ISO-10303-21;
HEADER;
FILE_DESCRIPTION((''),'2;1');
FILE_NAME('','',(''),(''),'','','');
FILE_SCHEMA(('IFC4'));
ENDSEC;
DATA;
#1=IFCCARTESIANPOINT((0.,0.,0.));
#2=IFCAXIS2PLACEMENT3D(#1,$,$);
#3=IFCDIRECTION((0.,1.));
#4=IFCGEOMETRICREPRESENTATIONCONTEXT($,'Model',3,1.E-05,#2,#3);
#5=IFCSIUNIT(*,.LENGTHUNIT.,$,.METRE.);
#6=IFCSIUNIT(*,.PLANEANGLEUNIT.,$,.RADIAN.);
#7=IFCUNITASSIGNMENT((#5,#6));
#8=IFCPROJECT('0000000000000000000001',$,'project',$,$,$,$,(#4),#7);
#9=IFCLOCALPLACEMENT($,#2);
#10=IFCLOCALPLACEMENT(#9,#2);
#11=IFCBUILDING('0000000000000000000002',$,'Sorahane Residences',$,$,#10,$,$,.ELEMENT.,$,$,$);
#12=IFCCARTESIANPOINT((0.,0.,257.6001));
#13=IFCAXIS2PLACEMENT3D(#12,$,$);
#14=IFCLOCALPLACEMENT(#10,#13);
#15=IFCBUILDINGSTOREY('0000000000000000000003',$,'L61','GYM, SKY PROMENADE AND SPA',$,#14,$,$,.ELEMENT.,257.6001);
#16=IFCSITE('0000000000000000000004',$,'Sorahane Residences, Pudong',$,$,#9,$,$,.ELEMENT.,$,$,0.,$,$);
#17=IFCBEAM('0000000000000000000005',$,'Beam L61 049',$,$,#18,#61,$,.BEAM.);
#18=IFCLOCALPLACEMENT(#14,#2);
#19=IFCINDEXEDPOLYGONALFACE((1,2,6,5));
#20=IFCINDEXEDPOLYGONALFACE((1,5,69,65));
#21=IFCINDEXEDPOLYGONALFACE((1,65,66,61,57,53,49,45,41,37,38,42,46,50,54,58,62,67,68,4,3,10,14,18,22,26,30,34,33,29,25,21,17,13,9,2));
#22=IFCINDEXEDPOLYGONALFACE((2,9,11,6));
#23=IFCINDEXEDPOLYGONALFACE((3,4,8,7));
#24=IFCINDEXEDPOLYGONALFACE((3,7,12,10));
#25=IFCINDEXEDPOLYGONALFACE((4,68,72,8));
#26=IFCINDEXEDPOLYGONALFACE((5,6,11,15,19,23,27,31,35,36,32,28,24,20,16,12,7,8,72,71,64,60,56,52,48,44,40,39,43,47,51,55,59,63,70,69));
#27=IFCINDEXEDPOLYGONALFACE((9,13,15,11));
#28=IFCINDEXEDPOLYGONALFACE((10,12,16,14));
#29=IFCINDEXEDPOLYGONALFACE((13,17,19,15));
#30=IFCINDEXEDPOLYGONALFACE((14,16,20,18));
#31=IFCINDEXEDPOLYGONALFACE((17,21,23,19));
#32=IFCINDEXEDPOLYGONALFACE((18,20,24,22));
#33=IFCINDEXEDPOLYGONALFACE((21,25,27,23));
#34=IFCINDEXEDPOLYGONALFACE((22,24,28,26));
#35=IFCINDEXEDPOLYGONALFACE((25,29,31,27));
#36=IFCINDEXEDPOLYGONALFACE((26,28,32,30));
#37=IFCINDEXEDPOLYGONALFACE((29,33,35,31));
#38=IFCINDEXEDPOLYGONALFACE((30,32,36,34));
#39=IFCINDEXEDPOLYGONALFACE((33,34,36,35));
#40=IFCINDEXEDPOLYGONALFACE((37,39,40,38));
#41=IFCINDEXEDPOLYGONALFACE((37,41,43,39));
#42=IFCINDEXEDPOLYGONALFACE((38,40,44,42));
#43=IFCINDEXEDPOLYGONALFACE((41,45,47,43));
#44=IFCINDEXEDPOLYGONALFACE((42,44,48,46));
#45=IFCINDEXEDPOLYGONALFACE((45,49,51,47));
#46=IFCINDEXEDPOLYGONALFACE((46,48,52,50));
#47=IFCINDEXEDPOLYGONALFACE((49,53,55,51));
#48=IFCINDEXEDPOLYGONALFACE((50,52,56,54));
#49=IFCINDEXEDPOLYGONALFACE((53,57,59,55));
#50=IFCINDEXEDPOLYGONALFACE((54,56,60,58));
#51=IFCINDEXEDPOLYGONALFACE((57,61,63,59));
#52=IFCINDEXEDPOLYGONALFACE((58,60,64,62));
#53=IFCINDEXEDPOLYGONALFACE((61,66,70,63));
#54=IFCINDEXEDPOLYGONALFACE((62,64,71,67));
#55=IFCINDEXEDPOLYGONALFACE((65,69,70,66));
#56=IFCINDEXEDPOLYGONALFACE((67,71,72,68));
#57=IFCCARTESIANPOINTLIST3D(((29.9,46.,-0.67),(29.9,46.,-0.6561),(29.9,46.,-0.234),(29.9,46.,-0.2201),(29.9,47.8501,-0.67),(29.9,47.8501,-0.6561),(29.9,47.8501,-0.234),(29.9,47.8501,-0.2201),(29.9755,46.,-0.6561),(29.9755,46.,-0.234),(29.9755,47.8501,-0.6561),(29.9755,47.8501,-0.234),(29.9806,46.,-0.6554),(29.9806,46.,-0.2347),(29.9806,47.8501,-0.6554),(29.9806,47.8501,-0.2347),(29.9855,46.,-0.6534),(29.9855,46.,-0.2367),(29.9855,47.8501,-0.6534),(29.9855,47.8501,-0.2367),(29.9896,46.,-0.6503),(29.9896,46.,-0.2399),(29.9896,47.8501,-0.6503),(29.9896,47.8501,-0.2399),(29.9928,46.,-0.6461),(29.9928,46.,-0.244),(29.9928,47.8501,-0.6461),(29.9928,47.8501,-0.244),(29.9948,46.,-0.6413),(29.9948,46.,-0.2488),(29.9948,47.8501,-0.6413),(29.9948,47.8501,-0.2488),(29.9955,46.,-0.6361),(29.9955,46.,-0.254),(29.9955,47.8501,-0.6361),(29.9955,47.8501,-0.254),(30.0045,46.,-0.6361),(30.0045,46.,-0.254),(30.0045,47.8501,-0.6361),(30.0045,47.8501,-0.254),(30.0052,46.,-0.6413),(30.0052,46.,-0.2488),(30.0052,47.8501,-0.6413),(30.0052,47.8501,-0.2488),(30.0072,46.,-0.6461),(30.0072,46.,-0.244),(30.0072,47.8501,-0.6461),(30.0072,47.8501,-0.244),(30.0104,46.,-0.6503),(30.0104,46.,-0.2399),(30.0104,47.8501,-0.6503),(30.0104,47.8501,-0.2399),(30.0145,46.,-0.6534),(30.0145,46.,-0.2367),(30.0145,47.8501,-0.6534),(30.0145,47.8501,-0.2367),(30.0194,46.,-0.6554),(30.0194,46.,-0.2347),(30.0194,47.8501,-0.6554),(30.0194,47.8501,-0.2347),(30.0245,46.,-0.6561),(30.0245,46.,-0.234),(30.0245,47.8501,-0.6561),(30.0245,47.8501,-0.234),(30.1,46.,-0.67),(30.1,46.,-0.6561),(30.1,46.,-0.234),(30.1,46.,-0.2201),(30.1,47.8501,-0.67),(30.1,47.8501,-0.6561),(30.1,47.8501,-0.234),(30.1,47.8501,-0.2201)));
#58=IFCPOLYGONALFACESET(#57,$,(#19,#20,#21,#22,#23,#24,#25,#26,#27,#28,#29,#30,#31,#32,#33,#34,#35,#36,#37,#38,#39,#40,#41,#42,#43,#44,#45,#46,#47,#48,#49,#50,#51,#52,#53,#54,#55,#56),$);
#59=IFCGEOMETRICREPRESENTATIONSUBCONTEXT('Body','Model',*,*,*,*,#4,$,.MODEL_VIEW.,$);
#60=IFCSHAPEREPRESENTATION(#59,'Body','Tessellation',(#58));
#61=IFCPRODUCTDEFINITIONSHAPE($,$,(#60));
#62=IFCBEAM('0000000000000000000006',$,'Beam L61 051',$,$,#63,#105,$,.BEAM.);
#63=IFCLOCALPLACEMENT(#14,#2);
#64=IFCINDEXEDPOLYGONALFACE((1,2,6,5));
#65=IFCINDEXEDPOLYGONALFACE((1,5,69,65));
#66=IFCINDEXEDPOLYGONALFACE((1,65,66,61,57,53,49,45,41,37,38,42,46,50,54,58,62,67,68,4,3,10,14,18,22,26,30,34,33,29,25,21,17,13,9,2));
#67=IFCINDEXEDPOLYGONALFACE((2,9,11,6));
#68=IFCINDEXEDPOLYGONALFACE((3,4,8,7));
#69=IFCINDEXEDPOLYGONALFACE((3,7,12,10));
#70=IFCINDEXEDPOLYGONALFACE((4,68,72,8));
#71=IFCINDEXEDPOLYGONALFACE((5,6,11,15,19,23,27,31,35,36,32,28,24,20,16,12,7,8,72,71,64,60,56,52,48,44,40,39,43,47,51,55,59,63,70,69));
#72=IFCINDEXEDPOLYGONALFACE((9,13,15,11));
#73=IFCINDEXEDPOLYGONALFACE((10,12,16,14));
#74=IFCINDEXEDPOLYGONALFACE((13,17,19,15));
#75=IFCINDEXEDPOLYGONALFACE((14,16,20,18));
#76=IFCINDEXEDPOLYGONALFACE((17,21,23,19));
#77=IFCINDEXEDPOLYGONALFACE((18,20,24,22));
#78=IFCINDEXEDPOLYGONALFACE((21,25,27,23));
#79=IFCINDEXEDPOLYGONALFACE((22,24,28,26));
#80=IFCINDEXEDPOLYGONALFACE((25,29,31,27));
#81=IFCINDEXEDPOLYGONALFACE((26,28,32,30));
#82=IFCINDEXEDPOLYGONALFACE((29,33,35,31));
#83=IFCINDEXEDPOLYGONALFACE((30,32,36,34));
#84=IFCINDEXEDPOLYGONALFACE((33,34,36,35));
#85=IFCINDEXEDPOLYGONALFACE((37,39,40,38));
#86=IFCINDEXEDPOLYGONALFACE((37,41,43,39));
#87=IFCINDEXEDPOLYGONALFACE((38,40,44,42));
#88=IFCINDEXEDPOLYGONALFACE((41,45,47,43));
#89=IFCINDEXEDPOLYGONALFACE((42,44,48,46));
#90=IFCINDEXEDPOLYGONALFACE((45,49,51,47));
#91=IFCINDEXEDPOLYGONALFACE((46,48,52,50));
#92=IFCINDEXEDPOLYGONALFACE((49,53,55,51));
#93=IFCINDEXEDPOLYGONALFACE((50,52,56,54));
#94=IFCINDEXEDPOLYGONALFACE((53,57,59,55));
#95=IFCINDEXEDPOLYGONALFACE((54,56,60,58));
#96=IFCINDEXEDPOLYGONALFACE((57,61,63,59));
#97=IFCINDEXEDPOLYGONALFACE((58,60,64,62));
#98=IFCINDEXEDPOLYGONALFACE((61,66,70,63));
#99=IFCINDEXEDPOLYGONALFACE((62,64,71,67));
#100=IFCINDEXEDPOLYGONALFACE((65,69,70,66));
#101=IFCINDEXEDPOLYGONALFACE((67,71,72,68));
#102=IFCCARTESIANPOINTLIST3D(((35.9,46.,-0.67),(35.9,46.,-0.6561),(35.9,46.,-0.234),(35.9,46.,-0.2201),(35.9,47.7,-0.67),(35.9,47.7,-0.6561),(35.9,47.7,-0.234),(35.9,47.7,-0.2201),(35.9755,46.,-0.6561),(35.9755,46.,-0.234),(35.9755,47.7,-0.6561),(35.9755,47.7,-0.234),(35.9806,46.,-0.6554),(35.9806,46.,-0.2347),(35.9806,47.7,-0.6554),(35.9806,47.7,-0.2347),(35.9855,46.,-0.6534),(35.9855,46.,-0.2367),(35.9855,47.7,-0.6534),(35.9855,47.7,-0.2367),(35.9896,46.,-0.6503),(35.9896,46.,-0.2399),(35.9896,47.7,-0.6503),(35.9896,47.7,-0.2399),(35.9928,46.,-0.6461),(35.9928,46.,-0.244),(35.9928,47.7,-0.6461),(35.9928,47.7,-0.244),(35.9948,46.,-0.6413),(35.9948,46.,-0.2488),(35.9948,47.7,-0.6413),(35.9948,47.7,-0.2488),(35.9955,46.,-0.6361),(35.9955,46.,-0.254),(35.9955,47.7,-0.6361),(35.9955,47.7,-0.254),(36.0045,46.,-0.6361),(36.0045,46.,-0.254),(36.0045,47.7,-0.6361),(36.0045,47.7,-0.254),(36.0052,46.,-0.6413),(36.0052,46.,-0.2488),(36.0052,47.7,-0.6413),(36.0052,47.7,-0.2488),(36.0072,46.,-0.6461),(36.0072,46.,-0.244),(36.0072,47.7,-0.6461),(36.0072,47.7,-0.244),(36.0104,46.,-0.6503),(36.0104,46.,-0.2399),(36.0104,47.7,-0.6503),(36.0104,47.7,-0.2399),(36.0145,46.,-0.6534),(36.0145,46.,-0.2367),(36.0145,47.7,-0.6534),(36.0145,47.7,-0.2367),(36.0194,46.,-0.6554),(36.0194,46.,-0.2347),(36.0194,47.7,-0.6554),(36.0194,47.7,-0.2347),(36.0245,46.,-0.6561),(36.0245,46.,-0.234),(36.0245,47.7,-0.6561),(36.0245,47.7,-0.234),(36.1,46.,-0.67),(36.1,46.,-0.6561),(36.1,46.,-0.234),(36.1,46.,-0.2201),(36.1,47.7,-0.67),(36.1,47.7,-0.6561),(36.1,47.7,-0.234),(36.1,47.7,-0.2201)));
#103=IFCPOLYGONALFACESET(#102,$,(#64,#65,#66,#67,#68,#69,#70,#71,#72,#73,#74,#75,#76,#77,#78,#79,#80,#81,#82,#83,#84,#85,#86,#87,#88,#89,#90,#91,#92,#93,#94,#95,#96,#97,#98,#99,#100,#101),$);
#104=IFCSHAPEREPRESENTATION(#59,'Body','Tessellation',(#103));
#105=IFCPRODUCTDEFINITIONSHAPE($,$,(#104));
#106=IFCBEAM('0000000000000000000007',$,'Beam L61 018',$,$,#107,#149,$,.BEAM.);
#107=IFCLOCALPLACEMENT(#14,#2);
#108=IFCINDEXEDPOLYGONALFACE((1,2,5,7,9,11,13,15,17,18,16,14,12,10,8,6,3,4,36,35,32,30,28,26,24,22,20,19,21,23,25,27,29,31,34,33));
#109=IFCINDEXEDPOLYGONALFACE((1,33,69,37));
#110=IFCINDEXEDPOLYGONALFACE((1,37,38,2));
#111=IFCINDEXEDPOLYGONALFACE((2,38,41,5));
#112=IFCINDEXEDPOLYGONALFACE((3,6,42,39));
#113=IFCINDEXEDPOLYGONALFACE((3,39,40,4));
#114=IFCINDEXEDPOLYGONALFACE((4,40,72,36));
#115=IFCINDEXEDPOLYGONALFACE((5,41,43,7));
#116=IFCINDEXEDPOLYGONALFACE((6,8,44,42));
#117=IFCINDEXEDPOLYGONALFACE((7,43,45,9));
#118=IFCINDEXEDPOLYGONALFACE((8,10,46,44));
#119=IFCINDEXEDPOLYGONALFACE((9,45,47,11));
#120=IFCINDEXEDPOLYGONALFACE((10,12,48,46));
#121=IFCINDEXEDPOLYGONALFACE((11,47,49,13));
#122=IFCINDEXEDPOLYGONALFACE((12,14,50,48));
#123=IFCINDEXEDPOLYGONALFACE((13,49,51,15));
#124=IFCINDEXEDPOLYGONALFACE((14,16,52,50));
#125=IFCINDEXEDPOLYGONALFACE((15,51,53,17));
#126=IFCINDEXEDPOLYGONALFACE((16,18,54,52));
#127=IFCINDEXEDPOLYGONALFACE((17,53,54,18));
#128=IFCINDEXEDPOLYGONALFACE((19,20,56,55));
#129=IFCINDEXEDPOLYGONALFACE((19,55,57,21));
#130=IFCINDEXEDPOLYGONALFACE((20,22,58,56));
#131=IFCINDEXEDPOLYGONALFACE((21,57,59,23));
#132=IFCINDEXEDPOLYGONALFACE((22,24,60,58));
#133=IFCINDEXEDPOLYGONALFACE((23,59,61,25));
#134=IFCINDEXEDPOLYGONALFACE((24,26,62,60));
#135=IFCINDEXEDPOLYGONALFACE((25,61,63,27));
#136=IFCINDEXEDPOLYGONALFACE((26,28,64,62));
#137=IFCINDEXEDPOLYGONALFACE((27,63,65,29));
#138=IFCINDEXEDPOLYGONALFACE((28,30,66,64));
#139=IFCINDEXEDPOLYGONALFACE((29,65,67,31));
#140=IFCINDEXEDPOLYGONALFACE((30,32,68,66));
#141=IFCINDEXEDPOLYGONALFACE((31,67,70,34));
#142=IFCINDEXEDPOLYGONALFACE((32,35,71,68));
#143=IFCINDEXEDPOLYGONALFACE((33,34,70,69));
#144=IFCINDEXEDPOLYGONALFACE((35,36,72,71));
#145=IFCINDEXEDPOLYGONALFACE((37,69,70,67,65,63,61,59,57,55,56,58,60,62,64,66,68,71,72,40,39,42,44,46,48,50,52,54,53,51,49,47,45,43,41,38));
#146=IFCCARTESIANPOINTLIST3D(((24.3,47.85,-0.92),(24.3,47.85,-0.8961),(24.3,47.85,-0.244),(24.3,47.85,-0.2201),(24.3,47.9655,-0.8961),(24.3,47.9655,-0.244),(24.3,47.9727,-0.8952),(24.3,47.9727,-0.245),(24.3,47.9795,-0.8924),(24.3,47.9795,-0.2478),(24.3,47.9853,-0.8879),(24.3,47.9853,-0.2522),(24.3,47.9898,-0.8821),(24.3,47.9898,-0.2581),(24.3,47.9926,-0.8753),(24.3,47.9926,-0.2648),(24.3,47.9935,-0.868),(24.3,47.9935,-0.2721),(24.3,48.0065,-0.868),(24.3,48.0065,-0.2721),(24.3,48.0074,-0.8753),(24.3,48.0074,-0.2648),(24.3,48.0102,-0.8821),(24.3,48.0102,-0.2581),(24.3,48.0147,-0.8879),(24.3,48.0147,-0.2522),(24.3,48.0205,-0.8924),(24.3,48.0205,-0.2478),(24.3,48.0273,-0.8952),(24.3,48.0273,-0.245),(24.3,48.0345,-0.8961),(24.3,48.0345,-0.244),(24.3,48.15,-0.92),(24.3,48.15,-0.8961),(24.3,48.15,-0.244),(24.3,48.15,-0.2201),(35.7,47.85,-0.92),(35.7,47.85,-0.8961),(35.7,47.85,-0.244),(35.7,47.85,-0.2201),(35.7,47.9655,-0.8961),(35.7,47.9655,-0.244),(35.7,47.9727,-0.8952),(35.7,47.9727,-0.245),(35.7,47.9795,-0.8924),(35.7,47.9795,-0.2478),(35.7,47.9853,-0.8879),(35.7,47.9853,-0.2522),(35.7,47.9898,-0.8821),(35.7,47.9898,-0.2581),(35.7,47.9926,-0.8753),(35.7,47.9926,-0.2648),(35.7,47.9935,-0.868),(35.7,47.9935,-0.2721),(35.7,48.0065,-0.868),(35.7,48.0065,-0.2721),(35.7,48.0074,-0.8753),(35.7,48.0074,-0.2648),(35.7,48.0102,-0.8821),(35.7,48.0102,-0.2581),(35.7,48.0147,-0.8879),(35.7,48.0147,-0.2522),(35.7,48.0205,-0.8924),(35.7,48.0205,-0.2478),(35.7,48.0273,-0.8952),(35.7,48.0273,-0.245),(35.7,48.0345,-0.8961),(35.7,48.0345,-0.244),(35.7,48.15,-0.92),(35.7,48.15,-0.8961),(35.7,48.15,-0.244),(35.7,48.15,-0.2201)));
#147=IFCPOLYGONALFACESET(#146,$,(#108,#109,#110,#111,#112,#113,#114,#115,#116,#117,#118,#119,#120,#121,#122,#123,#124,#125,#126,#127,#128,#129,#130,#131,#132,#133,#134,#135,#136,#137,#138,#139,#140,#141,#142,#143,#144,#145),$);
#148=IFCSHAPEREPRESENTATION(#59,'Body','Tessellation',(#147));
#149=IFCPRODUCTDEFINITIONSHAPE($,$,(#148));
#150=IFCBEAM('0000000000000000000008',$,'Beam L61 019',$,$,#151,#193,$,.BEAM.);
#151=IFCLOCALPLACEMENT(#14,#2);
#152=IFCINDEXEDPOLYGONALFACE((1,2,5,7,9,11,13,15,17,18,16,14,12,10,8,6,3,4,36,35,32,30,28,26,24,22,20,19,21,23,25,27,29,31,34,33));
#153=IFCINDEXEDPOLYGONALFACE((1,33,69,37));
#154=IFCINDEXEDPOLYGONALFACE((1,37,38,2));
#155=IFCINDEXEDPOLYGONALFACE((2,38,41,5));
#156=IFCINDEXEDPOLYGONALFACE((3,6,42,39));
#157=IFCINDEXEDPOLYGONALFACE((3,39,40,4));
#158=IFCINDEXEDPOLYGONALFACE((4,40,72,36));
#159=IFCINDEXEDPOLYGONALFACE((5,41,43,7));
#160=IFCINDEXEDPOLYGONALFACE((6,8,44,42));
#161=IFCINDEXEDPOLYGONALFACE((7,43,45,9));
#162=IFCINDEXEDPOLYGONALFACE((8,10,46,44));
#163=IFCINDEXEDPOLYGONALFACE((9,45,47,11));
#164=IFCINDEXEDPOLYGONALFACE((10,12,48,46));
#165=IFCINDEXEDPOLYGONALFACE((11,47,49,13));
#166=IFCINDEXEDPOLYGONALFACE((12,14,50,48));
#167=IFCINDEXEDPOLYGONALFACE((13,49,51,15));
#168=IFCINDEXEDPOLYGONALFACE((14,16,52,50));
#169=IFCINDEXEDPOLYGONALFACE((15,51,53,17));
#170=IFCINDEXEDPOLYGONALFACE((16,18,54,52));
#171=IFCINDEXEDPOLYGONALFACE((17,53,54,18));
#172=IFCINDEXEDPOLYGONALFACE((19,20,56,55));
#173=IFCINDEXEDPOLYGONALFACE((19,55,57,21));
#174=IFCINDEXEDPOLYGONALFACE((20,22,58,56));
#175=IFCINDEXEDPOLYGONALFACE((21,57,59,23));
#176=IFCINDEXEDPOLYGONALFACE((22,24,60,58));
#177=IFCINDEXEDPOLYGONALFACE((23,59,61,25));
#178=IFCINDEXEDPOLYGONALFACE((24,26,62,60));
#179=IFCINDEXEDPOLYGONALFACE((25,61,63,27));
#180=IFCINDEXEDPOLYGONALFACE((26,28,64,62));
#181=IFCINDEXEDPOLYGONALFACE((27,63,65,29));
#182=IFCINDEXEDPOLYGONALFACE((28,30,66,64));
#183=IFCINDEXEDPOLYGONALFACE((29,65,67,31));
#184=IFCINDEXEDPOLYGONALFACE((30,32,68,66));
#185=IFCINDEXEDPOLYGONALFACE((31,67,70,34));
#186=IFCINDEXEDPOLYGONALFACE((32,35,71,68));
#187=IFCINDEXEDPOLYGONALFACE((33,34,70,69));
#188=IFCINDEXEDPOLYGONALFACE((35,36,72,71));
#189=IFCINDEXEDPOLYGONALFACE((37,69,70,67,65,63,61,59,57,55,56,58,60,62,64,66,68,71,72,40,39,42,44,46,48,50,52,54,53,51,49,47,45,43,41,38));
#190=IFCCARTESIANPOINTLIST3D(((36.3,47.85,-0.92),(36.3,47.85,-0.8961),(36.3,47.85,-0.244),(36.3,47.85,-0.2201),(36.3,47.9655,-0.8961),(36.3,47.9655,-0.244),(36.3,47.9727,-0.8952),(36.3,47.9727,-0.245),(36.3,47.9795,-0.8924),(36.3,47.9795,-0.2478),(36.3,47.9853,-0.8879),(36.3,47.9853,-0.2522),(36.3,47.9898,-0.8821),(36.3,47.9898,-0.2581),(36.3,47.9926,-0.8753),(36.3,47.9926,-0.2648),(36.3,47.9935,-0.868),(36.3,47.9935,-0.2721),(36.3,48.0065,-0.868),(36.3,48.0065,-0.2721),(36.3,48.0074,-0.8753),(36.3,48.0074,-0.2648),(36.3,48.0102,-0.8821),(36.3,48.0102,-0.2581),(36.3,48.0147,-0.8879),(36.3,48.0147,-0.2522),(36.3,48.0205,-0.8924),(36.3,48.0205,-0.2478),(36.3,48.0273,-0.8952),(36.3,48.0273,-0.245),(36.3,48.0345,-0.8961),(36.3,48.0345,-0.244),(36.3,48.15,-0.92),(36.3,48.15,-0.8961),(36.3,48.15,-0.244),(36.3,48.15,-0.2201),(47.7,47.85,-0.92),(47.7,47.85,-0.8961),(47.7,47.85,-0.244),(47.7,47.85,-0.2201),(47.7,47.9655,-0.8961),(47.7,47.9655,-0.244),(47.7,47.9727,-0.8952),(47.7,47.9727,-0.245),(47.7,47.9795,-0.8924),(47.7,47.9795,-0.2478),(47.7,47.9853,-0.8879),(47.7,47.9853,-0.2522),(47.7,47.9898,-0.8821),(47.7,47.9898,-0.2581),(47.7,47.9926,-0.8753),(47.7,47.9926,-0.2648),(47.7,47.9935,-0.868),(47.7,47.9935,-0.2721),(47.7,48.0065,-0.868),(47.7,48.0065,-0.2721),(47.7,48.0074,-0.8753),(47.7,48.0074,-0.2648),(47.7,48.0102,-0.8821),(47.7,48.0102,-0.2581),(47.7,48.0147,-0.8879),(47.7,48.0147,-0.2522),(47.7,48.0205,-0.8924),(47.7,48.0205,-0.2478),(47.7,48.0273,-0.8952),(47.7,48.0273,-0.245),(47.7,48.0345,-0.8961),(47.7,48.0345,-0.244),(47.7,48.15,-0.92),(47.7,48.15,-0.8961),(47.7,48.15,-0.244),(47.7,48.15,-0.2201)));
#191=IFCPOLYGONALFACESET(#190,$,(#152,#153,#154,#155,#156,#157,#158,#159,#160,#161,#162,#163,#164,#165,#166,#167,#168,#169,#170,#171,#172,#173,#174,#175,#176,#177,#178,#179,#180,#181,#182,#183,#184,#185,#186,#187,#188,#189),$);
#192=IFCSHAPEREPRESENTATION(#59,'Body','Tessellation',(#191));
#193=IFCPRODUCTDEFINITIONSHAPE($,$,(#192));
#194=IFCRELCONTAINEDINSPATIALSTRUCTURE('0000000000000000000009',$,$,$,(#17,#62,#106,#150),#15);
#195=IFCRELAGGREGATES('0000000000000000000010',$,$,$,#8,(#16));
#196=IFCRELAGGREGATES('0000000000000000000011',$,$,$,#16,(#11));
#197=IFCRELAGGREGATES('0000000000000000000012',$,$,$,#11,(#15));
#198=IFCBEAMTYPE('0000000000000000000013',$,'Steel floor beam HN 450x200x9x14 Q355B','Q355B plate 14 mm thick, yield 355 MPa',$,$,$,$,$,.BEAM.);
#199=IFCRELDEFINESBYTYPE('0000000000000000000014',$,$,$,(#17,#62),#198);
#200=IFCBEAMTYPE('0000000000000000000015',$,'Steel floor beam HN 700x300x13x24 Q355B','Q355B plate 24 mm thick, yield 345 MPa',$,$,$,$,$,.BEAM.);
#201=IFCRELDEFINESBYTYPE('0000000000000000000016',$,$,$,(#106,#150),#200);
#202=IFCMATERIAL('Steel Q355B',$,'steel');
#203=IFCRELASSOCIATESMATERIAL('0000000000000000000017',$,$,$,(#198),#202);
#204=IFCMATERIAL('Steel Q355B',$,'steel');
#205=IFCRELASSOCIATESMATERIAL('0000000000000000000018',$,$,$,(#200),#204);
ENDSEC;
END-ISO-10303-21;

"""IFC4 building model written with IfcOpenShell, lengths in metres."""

from ifc_helpers import new_model, si_unit, direction, frame, origin, origin_2d, place, context, subcontext, project, spatial, i_section, extrude, material, material_profile, profile_set, type_object, element, save


model = new_model("IFC4")

# Units and contexts
model_context = context("Model", 3, precision=1e-05, world=origin(), true_north=direction((0.0, 1.0)))
body_context = subcontext(model_context, "Body", "Model", "MODEL_VIEW")
ifc_project = project(units=[si_unit("LENGTHUNIT", "METRE"), si_unit("PLANEANGLEUNIT", "RADIAN")], contexts=[model_context])

# Site, building, storey
site_placement = place(None, origin())
site = spatial("IfcSite", under=ifc_project, at=site_placement, Name="Sorahane Residences, Pudong", CompositionType="ELEMENT", RefElevation=0.0)
building_placement = place(site_placement, origin())
building = spatial("IfcBuilding", under=site, at=building_placement, Name="Sorahane Residences", CompositionType="ELEMENT")
storey_placement = place(building_placement, frame((0.0, 0.0, 257.6001)))
storey = spatial("IfcBuildingStorey", under=building, at=storey_placement, Name="L61", Description="GYM, SKY PROMENADE AND SPA", CompositionType="ELEMENT", Elevation=257.6001)

# Beams
ifc_material_1 = material(Name="Steel Q355B", Category="steel")
ifc_material_profile_1 = material_profile(ifc_material_1, i_section(OverallWidth=0.2, OverallDepth=0.45, WebThickness=0.009, FlangeThickness=0.0139, FilletRadius=0.02, at=origin_2d()), Name="HN 450x200x9x14")
ifc_profile_set_1 = profile_set([ifc_material_profile_1], Name="Steel Q355B")
beam_type_1 = type_object("IfcBeamType", Name="Steel floor beam HN 450x200x9x14 Q355B", Description="Q355B plate 14 mm thick, yield 355 MPa", PredefinedType="BEAM", material=ifc_profile_set_1)
beam_1_placement = place(storey_placement, frame((30.0, 46.0, -0.4451), z_axis=(0.0, 1.0, 0.0), x_axis=(-1.0, 0.0, 0.0)))
element("IfcBeam", 1, at=beam_1_placement, inside=storey, type_object=beam_type_1, Name="Beam L61 049", PredefinedType="BEAM", context=body_context, shape_type="SweptSolid", body=[
    extrude(i_section(OverallWidth=0.2, OverallDepth=0.45, WebThickness=0.009, FlangeThickness=0.0139, FilletRadius=0.02, at=origin_2d()), origin(), (0.0, 0.0, 1.0), 1.8501),
])
beam_2_placement = place(storey_placement, frame((36.0, 46.0, -0.4451), z_axis=(0.0, 1.0, 0.0), x_axis=(-1.0, 0.0, 0.0)))
element("IfcBeam", 2, at=beam_2_placement, inside=storey, type_object=beam_type_1, Name="Beam L61 051", PredefinedType="BEAM", context=body_context, shape_type="SweptSolid", body=[
    extrude(i_section(OverallWidth=0.2, OverallDepth=0.45, WebThickness=0.009, FlangeThickness=0.0139, FilletRadius=0.02, at=origin_2d()), origin(), (0.0, 0.0, 1.0), 1.7),
])
ifc_material_2 = material(Name="Steel Q355B", Category="steel")
ifc_material_profile_2 = material_profile(ifc_material_2, i_section(OverallWidth=0.3, OverallDepth=0.7, WebThickness=0.0129, FlangeThickness=0.0239, FilletRadius=0.0281, at=origin_2d()), Name="HN 700x300x13x24")
ifc_profile_set_2 = profile_set([ifc_material_profile_2], Name="Steel Q355B")
beam_type_2 = type_object("IfcBeamType", Name="Steel floor beam HN 700x300x13x24 Q355B", Description="Q355B plate 24 mm thick, yield 345 MPa", PredefinedType="BEAM", material=ifc_profile_set_2)
for number, where, z_axis, x_axis, name in (
    (3, (24.3, 48.0, -0.5701), (1.0, 0.0, 0.0), (0.0, 1.0, 0.0), "Beam L61 018"),
    (4, (36.3, 48.0, -0.5701), (1.0, 0.0, 0.0), (0.0, 1.0, 0.0), "Beam L61 019"),
):
    element("IfcBeam", number, at=place(storey_placement, frame(where, z_axis=z_axis, x_axis=x_axis)), inside=storey, type_object=beam_type_2, Name=name, PredefinedType="BEAM", context=body_context, shape_type="SweptSolid", body=[
        extrude(i_section(OverallWidth=0.3, OverallDepth=0.7, WebThickness=0.0129, FlangeThickness=0.0239, FilletRadius=0.0281, at=origin_2d()), origin(), (0.0, 0.0, 1.0), 11.3999),
    ])

save(model, "model.ifc")
